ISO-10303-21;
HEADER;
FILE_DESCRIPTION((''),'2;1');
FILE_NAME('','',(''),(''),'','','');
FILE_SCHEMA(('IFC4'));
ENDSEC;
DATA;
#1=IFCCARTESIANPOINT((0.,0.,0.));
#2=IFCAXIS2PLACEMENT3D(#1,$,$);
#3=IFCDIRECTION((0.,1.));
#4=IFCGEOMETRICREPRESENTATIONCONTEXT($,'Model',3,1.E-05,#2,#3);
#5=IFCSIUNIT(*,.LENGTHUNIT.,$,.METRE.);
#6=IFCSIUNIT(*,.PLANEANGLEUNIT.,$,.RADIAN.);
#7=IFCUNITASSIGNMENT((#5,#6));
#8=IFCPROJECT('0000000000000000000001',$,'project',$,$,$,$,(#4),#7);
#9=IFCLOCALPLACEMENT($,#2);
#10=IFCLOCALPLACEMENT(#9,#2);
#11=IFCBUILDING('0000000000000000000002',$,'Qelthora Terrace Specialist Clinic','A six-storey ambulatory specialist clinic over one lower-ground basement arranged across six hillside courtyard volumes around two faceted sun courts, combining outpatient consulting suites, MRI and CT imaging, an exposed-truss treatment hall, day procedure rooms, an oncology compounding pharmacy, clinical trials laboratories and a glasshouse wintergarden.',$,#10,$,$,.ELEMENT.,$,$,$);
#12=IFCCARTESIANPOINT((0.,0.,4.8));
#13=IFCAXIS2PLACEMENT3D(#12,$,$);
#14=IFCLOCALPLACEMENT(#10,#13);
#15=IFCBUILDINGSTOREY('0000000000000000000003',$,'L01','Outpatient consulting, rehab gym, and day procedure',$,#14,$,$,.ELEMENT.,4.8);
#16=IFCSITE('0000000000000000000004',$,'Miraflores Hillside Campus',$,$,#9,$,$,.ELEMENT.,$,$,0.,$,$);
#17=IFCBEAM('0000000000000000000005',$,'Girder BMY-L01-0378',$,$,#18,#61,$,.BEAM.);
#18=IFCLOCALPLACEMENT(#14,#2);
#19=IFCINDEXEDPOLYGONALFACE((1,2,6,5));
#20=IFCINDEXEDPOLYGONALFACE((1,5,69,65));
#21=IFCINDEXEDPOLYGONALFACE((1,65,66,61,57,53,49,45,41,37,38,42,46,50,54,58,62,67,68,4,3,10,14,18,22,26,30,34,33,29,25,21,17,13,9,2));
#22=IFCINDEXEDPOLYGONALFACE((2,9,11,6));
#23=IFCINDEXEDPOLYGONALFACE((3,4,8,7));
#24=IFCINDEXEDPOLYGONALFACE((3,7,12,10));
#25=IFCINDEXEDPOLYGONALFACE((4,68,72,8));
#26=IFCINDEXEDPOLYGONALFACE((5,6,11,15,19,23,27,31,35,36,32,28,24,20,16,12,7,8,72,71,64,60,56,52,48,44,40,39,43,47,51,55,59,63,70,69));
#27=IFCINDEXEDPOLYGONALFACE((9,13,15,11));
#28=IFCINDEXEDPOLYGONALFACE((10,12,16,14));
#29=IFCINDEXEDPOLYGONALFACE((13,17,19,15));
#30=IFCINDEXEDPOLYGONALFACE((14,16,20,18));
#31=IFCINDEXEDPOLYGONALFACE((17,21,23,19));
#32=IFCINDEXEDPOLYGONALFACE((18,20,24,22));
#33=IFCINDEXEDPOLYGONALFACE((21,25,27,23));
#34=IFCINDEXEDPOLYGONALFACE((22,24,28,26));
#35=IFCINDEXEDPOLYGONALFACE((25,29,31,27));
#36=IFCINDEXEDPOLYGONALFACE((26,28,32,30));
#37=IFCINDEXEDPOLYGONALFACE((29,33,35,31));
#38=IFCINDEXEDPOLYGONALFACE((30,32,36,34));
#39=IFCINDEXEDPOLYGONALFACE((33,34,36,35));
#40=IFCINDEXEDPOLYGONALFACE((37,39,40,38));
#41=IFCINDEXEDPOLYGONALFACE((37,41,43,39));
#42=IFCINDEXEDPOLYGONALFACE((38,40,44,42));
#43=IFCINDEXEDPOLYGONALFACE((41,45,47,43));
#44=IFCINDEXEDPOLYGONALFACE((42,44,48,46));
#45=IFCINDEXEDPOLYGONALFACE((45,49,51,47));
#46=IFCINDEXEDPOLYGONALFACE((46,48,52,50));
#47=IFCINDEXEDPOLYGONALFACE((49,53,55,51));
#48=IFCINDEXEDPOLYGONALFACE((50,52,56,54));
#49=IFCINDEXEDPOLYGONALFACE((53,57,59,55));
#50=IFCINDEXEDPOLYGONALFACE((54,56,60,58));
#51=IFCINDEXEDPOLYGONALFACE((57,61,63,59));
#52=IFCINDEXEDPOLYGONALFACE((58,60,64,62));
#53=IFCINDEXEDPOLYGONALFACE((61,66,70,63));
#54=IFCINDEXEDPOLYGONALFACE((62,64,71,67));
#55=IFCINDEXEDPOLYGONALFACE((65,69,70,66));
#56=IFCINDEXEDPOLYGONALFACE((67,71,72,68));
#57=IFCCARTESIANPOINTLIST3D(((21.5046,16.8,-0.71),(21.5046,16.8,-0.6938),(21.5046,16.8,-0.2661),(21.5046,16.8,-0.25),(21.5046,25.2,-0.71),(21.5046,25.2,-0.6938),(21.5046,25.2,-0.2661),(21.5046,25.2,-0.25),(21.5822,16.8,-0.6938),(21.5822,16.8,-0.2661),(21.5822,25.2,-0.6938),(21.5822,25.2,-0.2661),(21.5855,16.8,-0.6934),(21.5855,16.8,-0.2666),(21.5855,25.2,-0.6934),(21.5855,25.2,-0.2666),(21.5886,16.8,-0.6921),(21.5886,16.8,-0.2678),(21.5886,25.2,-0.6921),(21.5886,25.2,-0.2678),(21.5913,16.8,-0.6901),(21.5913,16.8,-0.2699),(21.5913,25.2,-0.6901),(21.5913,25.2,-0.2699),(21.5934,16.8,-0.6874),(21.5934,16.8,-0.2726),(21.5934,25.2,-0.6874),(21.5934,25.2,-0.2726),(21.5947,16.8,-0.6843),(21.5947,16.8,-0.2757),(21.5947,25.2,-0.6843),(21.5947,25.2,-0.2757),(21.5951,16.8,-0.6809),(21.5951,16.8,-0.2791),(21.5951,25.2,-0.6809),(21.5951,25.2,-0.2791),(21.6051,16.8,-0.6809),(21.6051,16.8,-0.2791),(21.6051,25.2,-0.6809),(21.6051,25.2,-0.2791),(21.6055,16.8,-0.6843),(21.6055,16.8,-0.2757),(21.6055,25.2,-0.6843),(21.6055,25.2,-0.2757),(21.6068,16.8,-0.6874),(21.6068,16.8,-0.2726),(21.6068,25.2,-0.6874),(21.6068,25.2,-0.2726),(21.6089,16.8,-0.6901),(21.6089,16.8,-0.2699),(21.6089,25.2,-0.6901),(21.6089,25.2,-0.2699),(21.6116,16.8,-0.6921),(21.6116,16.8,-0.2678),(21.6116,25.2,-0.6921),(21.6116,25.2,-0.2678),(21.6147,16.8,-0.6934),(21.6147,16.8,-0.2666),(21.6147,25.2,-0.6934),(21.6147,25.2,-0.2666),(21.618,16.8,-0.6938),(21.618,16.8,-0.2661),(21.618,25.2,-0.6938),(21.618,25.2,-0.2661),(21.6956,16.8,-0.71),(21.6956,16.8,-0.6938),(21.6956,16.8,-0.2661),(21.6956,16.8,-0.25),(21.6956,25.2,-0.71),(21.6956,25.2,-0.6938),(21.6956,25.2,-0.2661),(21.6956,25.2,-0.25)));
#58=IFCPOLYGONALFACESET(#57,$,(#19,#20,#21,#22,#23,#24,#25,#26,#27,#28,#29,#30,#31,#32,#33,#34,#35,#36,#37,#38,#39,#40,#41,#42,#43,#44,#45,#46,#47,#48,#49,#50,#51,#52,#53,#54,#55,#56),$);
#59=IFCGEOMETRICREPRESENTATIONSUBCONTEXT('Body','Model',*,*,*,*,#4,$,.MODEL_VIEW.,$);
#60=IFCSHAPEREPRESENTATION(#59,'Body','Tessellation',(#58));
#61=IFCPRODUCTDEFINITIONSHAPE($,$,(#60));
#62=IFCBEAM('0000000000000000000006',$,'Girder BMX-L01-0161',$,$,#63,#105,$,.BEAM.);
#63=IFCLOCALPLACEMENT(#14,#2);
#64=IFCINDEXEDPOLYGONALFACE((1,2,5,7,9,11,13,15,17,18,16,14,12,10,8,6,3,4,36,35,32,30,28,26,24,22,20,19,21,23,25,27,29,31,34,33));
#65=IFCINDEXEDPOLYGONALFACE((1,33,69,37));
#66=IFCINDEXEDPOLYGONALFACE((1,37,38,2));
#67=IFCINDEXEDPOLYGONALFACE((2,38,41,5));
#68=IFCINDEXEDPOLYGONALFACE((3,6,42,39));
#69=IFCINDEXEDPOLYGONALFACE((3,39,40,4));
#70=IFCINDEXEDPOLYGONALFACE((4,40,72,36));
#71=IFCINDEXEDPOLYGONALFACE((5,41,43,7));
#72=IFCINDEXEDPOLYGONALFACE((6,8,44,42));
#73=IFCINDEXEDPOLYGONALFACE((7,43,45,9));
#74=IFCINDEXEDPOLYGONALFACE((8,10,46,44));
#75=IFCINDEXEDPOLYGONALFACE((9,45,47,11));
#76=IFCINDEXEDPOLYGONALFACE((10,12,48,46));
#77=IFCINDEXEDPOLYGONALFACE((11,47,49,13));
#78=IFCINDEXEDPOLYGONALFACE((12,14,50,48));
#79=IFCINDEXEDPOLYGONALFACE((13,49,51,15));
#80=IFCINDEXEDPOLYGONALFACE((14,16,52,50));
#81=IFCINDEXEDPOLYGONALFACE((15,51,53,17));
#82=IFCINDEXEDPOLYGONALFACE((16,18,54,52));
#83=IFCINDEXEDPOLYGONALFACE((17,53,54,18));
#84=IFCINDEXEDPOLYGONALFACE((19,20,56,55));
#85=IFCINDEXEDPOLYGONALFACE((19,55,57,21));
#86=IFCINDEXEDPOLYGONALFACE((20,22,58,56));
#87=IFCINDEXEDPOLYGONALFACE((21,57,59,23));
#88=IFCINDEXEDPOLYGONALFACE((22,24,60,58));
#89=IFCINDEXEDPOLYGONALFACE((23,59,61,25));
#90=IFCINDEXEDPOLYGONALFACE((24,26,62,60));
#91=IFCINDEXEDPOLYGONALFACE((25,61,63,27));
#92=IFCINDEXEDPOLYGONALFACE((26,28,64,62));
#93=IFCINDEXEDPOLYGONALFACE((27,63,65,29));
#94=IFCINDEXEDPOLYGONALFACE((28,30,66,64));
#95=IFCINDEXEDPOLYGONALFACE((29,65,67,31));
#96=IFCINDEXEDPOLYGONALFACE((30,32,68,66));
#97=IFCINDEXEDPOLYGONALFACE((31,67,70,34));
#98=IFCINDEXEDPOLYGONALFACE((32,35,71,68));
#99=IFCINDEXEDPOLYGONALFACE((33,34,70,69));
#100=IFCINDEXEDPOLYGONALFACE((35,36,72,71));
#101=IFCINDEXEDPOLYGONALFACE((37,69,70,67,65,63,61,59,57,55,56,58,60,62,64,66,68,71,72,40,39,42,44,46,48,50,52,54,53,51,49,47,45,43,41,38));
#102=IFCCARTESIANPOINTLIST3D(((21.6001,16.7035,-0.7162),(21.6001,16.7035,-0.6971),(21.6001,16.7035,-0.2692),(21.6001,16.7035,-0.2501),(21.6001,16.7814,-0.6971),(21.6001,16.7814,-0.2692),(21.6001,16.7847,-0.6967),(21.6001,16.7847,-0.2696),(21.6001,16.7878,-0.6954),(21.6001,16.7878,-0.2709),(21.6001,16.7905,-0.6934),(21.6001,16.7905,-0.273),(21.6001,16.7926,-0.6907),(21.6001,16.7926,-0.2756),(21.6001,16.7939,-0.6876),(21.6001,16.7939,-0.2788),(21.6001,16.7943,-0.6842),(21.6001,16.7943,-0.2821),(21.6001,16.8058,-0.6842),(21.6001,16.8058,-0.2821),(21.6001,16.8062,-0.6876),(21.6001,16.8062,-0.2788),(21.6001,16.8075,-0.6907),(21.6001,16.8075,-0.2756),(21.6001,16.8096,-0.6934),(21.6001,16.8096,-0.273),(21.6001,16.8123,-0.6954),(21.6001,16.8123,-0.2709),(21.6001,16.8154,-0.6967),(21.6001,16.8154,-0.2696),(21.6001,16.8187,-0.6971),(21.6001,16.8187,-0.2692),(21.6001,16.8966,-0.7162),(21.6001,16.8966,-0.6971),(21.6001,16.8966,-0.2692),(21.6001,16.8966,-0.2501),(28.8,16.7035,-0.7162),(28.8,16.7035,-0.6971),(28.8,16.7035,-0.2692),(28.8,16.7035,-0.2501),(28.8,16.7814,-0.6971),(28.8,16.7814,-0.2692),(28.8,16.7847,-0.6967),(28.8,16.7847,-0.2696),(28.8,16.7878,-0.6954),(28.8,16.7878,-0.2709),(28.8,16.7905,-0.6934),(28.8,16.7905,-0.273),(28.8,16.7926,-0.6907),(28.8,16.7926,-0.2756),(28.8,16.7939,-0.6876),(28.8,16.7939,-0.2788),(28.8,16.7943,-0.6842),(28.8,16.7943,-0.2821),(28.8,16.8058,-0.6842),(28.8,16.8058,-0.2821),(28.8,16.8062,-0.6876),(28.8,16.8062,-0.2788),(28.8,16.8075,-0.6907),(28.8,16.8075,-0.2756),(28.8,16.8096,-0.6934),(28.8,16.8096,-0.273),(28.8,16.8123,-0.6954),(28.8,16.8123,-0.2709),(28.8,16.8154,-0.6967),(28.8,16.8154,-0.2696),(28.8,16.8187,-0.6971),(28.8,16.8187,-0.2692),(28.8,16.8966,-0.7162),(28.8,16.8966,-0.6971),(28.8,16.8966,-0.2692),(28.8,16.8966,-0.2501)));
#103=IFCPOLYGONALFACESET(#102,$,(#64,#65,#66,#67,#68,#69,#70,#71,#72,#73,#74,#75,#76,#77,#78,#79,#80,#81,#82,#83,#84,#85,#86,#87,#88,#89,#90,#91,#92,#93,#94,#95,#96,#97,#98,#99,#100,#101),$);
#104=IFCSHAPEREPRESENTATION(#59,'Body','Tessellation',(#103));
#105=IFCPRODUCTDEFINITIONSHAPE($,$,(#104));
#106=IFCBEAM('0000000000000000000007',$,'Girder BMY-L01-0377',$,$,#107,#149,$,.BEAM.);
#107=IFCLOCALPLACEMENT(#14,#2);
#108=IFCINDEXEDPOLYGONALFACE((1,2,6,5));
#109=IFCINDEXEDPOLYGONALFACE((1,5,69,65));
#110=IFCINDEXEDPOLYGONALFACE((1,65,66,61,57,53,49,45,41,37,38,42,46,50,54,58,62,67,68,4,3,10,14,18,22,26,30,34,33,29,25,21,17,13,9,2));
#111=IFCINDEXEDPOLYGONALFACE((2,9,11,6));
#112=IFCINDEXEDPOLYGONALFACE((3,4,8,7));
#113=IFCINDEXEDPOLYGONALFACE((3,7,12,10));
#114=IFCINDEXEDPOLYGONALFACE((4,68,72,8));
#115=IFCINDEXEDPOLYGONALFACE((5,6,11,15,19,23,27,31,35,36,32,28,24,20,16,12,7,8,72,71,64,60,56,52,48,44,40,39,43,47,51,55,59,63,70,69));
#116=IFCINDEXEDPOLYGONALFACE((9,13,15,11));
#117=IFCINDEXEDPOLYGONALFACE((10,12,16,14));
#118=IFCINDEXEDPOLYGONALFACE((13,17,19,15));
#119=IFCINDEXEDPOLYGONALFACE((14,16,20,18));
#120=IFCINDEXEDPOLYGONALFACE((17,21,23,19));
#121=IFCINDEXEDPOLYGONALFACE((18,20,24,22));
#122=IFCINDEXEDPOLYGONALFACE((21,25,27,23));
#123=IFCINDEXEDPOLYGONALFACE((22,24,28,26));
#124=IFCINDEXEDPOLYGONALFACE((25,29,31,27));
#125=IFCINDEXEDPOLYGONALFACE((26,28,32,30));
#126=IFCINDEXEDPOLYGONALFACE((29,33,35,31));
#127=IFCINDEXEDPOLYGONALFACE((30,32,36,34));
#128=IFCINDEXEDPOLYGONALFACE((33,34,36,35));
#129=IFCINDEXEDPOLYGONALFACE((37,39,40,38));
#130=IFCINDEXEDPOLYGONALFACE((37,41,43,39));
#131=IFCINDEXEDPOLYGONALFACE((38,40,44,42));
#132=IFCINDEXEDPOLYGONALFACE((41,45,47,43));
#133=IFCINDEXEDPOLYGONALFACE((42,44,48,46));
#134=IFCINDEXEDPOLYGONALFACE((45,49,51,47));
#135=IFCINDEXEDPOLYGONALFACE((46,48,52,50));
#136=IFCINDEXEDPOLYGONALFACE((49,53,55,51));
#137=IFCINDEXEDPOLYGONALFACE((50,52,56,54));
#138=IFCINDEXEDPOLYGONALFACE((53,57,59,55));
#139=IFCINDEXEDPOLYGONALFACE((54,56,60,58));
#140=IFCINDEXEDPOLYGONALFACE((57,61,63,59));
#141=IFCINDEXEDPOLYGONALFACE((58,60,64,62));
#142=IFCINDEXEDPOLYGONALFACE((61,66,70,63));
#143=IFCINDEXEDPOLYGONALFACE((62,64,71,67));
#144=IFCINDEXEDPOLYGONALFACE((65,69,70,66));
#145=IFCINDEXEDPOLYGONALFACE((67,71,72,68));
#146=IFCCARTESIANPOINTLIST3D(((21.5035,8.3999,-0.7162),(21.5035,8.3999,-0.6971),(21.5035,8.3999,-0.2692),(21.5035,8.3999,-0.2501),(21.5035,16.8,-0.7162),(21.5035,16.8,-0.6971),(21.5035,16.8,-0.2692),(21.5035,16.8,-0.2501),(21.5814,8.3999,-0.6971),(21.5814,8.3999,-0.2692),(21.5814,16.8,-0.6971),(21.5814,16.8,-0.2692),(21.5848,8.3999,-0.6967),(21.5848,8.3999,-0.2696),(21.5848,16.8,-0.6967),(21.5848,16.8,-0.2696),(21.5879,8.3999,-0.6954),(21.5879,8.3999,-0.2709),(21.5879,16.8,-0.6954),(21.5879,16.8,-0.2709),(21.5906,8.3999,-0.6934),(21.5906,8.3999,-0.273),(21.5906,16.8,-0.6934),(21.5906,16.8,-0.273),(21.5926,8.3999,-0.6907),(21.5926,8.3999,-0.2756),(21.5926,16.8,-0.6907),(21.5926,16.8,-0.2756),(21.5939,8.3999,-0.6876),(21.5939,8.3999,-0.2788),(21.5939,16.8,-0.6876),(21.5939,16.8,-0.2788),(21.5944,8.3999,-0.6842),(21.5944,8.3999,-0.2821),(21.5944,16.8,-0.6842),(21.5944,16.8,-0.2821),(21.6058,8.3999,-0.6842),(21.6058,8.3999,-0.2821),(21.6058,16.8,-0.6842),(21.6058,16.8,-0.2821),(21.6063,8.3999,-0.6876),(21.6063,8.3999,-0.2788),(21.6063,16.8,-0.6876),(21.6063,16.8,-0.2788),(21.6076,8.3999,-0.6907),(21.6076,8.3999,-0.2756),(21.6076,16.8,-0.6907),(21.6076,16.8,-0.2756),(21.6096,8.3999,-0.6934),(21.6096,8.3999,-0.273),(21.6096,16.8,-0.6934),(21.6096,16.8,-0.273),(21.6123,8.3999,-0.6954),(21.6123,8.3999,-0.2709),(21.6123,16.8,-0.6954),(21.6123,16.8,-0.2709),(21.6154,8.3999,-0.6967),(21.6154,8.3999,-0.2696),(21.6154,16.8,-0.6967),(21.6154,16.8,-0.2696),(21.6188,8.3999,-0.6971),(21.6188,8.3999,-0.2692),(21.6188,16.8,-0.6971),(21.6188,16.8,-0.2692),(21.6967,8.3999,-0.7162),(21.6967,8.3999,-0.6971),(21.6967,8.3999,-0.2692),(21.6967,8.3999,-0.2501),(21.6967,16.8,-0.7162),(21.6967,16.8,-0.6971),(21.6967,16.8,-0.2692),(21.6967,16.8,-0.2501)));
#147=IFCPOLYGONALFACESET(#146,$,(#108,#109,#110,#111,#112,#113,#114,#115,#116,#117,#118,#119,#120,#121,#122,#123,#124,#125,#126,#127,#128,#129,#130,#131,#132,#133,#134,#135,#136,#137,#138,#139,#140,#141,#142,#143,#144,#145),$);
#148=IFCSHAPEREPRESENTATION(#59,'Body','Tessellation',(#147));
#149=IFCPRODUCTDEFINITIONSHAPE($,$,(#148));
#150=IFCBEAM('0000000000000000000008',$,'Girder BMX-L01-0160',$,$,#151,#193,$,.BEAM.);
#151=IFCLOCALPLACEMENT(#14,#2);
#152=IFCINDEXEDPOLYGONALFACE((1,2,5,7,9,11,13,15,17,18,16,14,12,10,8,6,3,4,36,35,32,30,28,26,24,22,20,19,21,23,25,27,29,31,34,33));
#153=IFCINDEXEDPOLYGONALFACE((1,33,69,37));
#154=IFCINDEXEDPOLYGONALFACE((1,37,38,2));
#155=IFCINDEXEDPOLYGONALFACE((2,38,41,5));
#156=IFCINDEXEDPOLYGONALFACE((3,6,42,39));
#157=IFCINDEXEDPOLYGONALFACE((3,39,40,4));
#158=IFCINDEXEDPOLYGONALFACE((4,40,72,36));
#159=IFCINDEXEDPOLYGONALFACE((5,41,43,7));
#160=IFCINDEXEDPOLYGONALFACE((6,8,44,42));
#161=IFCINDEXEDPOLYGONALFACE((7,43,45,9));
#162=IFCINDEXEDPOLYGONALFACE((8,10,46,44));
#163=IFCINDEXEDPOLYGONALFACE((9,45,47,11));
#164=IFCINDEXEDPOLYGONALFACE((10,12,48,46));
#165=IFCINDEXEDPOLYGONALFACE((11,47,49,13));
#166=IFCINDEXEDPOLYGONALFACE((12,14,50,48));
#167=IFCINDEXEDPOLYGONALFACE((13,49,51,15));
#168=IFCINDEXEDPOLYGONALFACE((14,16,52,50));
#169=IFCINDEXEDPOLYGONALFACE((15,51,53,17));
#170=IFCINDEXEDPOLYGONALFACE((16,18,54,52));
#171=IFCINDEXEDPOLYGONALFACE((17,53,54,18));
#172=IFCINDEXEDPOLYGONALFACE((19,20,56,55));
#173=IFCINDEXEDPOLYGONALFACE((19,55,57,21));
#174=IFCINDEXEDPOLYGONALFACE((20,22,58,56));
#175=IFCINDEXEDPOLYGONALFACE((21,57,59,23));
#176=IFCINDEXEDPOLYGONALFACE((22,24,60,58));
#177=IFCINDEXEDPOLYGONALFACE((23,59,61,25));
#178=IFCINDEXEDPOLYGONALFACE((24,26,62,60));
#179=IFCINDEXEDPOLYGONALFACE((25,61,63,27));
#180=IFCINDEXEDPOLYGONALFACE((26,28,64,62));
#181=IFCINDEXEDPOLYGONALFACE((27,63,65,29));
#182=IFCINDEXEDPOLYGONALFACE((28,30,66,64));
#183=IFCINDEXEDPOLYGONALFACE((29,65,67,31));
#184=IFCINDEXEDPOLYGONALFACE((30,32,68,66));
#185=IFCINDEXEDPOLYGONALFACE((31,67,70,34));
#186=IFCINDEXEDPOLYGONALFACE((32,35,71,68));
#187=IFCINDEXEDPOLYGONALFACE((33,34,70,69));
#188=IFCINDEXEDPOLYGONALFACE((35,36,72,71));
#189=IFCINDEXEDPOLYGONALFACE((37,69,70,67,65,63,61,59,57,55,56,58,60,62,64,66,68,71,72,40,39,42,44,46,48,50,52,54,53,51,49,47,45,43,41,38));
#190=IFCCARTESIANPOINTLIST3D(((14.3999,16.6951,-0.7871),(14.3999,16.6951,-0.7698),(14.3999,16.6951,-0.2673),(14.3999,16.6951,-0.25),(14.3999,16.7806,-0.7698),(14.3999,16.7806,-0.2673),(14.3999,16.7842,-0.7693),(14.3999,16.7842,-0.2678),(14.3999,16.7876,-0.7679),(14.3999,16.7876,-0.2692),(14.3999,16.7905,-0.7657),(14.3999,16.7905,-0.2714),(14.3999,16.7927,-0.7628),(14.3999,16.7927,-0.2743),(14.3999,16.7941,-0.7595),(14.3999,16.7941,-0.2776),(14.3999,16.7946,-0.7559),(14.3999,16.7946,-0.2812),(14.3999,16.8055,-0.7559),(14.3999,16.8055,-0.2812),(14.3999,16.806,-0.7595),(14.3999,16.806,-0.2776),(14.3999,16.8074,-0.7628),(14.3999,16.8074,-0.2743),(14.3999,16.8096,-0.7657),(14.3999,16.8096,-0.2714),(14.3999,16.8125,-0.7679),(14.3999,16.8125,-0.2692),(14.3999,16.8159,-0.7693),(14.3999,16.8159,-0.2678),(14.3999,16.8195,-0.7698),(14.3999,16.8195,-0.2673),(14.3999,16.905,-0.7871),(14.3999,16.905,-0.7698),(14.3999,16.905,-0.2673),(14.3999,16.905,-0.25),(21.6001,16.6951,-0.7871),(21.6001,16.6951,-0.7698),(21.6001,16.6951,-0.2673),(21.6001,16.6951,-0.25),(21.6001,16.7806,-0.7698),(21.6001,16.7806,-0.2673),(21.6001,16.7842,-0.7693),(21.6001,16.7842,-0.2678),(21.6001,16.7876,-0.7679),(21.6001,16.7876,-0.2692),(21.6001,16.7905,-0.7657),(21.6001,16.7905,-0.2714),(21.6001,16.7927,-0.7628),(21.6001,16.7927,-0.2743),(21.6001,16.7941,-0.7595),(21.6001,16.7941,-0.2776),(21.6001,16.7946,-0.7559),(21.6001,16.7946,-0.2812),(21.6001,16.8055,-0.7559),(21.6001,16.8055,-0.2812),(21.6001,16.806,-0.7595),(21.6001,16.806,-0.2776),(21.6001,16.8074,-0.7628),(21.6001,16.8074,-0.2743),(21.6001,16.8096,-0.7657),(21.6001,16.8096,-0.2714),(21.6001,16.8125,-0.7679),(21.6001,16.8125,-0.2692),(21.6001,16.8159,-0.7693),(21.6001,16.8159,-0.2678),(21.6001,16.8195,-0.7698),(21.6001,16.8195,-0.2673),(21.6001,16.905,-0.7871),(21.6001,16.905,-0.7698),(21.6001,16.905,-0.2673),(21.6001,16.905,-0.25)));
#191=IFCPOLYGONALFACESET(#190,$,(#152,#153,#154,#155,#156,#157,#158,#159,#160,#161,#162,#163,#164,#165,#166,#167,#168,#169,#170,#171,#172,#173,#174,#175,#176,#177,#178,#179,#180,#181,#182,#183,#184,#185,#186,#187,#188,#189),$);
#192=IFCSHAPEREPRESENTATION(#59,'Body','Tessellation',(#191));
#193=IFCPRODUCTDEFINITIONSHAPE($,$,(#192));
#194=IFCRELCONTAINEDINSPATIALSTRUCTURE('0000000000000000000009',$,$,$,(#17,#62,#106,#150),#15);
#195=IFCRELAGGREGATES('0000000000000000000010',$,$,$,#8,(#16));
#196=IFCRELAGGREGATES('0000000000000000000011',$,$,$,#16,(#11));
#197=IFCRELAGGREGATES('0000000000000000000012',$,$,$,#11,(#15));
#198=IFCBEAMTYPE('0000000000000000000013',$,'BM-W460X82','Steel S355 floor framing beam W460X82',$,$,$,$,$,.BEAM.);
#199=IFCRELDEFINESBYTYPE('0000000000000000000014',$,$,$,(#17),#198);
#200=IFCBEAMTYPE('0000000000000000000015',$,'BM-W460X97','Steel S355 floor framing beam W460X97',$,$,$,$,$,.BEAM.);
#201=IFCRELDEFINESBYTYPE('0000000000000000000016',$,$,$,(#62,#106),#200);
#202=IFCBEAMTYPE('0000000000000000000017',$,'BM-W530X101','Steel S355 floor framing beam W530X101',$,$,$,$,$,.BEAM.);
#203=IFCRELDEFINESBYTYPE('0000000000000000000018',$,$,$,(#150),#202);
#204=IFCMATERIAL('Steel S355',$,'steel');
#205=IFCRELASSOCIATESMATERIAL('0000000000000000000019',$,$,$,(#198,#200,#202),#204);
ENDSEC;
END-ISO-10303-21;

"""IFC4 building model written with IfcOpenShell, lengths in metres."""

from ifc_helpers import new_model, si_unit, direction, frame, origin, origin_2d, place, context, subcontext, project, spatial, i_section, extrude, material, material_profile, profile_set, type_object, element, save


model = new_model("IFC4")

# Units and contexts
model_context = context("Model", 3, precision=1e-05, world=origin(), true_north=direction((0.0, 1.0)))
body_context = subcontext(model_context, "Body", "Model", "MODEL_VIEW")
ifc_project = project(units=[si_unit("LENGTHUNIT", "METRE"), si_unit("PLANEANGLEUNIT", "RADIAN")], contexts=[model_context])

# Site, building, storey
site_placement = place(None, origin())
site = spatial("IfcSite", under=ifc_project, at=site_placement, Name="Miraflores Hillside Campus", CompositionType="ELEMENT", RefElevation=0.0)
building_placement = place(site_placement, origin())
building = spatial("IfcBuilding", under=site, at=building_placement, Name="Qelthora Terrace Specialist Clinic", Description="A six-storey ambulatory specialist clinic over one lower-ground basement arranged across six hillside courtyard volumes around two faceted sun courts, combining outpatient consulting suites, MRI and CT imaging, an exposed-truss treatment hall, day procedure rooms, an oncology compounding pharmacy, clinical trials laboratories and a glasshouse wintergarden.", CompositionType="ELEMENT")
storey_placement = place(building_placement, frame((0.0, 0.0, 4.8)))
storey = spatial("IfcBuildingStorey", under=building, at=storey_placement, Name="L01", Description="Outpatient consulting, rehab gym, and day procedure", CompositionType="ELEMENT", Elevation=4.8)

# Shared definitions
ifc_material_1 = material(Name="Steel S355", Category="steel")

# Beams
ifc_material_profile_1 = material_profile(ifc_material_1, i_section(OverallWidth=0.1909, OverallDepth=0.46, WebThickness=0.01, FlangeThickness=0.0161, FilletRadius=0.0129, at=origin_2d()), Name="W460X82")
ifc_profile_set_1 = profile_set([ifc_material_profile_1], Name="Steel S355")
beam_type_1 = type_object("IfcBeamType", Name="BM-W460X82", Description="Steel S355 floor framing beam W460X82", PredefinedType="BEAM", material=ifc_profile_set_1)
beam_1_placement = place(storey_placement, frame((21.6001, 16.8, -0.48), z_axis=(0.0, 1.0, 0.0), x_axis=(-1.0, 0.0, 0.0)))
element("IfcBeam", 1, at=beam_1_placement, inside=storey, type_object=beam_type_1, Name="Girder BMY-L01-0378", PredefinedType="BEAM", context=body_context, shape_type="SweptSolid", body=[
    extrude(i_section(OverallWidth=0.1909, OverallDepth=0.46, WebThickness=0.01, FlangeThickness=0.0161, FilletRadius=0.0129, at=origin_2d()), origin(), (0.0, 0.0, 1.0), 8.3999),
])
ifc_material_profile_2 = material_profile(ifc_material_1, i_section(OverallWidth=0.1931, OverallDepth=0.4661, WebThickness=0.0115, FlangeThickness=0.019, FilletRadius=0.0129, at=origin_2d()), Name="W460X97")
ifc_profile_set_2 = profile_set([ifc_material_profile_2], Name="Steel S355")
beam_type_2 = type_object("IfcBeamType", Name="BM-W460X97", Description="Steel S355 floor framing beam W460X97", PredefinedType="BEAM", material=ifc_profile_set_2)
beam_2_placement = place(storey_placement, frame((21.6001, 16.8, -0.4832), z_axis=(1.0, 0.0, 0.0), x_axis=(0.0, 1.0, 0.0)))
element("IfcBeam", 2, at=beam_2_placement, inside=storey, type_object=beam_type_2, Name="Girder BMX-L01-0161", PredefinedType="BEAM", context=body_context, shape_type="SweptSolid", body=[
    extrude(i_section(OverallWidth=0.1931, OverallDepth=0.4661, WebThickness=0.0115, FlangeThickness=0.019, FilletRadius=0.0129, at=origin_2d()), origin(), (0.0, 0.0, 1.0), 7.2),
])
beam_3_placement = place(storey_placement, frame((21.6001, 8.3999, -0.4832), z_axis=(0.0, 1.0, 0.0), x_axis=(-1.0, 0.0, 0.0)))
element("IfcBeam", 3, at=beam_3_placement, inside=storey, type_object=beam_type_2, Name="Girder BMY-L01-0377", PredefinedType="BEAM", context=body_context, shape_type="SweptSolid", body=[
    extrude(i_section(OverallWidth=0.1931, OverallDepth=0.4661, WebThickness=0.0115, FlangeThickness=0.019, FilletRadius=0.0129, at=origin_2d()), origin(), (0.0, 0.0, 1.0), 8.4001),
])
ifc_material_profile_3 = material_profile(ifc_material_1, i_section(OverallWidth=0.21, OverallDepth=0.5371, WebThickness=0.011, FlangeThickness=0.0173, FilletRadius=0.0139, at=origin_2d()), Name="W530X101")
ifc_profile_set_3 = profile_set([ifc_material_profile_3], Name="Steel S355")
beam_type_3 = type_object("IfcBeamType", Name="BM-W530X101", Description="Steel S355 floor framing beam W530X101", PredefinedType="BEAM", material=ifc_profile_set_3)
beam_4_placement = place(storey_placement, frame((14.3999, 16.8, -0.5186), z_axis=(1.0, 0.0, 0.0), x_axis=(0.0, 1.0, 0.0)))
element("IfcBeam", 4, at=beam_4_placement, inside=storey, type_object=beam_type_3, Name="Girder BMX-L01-0160", PredefinedType="BEAM", context=body_context, shape_type="SweptSolid", body=[
    extrude(i_section(OverallWidth=0.21, OverallDepth=0.5371, WebThickness=0.011, FlangeThickness=0.0173, FilletRadius=0.0139, at=origin_2d()), origin(), (0.0, 0.0, 1.0), 7.2002),
])

save(model, "model.ifc")
